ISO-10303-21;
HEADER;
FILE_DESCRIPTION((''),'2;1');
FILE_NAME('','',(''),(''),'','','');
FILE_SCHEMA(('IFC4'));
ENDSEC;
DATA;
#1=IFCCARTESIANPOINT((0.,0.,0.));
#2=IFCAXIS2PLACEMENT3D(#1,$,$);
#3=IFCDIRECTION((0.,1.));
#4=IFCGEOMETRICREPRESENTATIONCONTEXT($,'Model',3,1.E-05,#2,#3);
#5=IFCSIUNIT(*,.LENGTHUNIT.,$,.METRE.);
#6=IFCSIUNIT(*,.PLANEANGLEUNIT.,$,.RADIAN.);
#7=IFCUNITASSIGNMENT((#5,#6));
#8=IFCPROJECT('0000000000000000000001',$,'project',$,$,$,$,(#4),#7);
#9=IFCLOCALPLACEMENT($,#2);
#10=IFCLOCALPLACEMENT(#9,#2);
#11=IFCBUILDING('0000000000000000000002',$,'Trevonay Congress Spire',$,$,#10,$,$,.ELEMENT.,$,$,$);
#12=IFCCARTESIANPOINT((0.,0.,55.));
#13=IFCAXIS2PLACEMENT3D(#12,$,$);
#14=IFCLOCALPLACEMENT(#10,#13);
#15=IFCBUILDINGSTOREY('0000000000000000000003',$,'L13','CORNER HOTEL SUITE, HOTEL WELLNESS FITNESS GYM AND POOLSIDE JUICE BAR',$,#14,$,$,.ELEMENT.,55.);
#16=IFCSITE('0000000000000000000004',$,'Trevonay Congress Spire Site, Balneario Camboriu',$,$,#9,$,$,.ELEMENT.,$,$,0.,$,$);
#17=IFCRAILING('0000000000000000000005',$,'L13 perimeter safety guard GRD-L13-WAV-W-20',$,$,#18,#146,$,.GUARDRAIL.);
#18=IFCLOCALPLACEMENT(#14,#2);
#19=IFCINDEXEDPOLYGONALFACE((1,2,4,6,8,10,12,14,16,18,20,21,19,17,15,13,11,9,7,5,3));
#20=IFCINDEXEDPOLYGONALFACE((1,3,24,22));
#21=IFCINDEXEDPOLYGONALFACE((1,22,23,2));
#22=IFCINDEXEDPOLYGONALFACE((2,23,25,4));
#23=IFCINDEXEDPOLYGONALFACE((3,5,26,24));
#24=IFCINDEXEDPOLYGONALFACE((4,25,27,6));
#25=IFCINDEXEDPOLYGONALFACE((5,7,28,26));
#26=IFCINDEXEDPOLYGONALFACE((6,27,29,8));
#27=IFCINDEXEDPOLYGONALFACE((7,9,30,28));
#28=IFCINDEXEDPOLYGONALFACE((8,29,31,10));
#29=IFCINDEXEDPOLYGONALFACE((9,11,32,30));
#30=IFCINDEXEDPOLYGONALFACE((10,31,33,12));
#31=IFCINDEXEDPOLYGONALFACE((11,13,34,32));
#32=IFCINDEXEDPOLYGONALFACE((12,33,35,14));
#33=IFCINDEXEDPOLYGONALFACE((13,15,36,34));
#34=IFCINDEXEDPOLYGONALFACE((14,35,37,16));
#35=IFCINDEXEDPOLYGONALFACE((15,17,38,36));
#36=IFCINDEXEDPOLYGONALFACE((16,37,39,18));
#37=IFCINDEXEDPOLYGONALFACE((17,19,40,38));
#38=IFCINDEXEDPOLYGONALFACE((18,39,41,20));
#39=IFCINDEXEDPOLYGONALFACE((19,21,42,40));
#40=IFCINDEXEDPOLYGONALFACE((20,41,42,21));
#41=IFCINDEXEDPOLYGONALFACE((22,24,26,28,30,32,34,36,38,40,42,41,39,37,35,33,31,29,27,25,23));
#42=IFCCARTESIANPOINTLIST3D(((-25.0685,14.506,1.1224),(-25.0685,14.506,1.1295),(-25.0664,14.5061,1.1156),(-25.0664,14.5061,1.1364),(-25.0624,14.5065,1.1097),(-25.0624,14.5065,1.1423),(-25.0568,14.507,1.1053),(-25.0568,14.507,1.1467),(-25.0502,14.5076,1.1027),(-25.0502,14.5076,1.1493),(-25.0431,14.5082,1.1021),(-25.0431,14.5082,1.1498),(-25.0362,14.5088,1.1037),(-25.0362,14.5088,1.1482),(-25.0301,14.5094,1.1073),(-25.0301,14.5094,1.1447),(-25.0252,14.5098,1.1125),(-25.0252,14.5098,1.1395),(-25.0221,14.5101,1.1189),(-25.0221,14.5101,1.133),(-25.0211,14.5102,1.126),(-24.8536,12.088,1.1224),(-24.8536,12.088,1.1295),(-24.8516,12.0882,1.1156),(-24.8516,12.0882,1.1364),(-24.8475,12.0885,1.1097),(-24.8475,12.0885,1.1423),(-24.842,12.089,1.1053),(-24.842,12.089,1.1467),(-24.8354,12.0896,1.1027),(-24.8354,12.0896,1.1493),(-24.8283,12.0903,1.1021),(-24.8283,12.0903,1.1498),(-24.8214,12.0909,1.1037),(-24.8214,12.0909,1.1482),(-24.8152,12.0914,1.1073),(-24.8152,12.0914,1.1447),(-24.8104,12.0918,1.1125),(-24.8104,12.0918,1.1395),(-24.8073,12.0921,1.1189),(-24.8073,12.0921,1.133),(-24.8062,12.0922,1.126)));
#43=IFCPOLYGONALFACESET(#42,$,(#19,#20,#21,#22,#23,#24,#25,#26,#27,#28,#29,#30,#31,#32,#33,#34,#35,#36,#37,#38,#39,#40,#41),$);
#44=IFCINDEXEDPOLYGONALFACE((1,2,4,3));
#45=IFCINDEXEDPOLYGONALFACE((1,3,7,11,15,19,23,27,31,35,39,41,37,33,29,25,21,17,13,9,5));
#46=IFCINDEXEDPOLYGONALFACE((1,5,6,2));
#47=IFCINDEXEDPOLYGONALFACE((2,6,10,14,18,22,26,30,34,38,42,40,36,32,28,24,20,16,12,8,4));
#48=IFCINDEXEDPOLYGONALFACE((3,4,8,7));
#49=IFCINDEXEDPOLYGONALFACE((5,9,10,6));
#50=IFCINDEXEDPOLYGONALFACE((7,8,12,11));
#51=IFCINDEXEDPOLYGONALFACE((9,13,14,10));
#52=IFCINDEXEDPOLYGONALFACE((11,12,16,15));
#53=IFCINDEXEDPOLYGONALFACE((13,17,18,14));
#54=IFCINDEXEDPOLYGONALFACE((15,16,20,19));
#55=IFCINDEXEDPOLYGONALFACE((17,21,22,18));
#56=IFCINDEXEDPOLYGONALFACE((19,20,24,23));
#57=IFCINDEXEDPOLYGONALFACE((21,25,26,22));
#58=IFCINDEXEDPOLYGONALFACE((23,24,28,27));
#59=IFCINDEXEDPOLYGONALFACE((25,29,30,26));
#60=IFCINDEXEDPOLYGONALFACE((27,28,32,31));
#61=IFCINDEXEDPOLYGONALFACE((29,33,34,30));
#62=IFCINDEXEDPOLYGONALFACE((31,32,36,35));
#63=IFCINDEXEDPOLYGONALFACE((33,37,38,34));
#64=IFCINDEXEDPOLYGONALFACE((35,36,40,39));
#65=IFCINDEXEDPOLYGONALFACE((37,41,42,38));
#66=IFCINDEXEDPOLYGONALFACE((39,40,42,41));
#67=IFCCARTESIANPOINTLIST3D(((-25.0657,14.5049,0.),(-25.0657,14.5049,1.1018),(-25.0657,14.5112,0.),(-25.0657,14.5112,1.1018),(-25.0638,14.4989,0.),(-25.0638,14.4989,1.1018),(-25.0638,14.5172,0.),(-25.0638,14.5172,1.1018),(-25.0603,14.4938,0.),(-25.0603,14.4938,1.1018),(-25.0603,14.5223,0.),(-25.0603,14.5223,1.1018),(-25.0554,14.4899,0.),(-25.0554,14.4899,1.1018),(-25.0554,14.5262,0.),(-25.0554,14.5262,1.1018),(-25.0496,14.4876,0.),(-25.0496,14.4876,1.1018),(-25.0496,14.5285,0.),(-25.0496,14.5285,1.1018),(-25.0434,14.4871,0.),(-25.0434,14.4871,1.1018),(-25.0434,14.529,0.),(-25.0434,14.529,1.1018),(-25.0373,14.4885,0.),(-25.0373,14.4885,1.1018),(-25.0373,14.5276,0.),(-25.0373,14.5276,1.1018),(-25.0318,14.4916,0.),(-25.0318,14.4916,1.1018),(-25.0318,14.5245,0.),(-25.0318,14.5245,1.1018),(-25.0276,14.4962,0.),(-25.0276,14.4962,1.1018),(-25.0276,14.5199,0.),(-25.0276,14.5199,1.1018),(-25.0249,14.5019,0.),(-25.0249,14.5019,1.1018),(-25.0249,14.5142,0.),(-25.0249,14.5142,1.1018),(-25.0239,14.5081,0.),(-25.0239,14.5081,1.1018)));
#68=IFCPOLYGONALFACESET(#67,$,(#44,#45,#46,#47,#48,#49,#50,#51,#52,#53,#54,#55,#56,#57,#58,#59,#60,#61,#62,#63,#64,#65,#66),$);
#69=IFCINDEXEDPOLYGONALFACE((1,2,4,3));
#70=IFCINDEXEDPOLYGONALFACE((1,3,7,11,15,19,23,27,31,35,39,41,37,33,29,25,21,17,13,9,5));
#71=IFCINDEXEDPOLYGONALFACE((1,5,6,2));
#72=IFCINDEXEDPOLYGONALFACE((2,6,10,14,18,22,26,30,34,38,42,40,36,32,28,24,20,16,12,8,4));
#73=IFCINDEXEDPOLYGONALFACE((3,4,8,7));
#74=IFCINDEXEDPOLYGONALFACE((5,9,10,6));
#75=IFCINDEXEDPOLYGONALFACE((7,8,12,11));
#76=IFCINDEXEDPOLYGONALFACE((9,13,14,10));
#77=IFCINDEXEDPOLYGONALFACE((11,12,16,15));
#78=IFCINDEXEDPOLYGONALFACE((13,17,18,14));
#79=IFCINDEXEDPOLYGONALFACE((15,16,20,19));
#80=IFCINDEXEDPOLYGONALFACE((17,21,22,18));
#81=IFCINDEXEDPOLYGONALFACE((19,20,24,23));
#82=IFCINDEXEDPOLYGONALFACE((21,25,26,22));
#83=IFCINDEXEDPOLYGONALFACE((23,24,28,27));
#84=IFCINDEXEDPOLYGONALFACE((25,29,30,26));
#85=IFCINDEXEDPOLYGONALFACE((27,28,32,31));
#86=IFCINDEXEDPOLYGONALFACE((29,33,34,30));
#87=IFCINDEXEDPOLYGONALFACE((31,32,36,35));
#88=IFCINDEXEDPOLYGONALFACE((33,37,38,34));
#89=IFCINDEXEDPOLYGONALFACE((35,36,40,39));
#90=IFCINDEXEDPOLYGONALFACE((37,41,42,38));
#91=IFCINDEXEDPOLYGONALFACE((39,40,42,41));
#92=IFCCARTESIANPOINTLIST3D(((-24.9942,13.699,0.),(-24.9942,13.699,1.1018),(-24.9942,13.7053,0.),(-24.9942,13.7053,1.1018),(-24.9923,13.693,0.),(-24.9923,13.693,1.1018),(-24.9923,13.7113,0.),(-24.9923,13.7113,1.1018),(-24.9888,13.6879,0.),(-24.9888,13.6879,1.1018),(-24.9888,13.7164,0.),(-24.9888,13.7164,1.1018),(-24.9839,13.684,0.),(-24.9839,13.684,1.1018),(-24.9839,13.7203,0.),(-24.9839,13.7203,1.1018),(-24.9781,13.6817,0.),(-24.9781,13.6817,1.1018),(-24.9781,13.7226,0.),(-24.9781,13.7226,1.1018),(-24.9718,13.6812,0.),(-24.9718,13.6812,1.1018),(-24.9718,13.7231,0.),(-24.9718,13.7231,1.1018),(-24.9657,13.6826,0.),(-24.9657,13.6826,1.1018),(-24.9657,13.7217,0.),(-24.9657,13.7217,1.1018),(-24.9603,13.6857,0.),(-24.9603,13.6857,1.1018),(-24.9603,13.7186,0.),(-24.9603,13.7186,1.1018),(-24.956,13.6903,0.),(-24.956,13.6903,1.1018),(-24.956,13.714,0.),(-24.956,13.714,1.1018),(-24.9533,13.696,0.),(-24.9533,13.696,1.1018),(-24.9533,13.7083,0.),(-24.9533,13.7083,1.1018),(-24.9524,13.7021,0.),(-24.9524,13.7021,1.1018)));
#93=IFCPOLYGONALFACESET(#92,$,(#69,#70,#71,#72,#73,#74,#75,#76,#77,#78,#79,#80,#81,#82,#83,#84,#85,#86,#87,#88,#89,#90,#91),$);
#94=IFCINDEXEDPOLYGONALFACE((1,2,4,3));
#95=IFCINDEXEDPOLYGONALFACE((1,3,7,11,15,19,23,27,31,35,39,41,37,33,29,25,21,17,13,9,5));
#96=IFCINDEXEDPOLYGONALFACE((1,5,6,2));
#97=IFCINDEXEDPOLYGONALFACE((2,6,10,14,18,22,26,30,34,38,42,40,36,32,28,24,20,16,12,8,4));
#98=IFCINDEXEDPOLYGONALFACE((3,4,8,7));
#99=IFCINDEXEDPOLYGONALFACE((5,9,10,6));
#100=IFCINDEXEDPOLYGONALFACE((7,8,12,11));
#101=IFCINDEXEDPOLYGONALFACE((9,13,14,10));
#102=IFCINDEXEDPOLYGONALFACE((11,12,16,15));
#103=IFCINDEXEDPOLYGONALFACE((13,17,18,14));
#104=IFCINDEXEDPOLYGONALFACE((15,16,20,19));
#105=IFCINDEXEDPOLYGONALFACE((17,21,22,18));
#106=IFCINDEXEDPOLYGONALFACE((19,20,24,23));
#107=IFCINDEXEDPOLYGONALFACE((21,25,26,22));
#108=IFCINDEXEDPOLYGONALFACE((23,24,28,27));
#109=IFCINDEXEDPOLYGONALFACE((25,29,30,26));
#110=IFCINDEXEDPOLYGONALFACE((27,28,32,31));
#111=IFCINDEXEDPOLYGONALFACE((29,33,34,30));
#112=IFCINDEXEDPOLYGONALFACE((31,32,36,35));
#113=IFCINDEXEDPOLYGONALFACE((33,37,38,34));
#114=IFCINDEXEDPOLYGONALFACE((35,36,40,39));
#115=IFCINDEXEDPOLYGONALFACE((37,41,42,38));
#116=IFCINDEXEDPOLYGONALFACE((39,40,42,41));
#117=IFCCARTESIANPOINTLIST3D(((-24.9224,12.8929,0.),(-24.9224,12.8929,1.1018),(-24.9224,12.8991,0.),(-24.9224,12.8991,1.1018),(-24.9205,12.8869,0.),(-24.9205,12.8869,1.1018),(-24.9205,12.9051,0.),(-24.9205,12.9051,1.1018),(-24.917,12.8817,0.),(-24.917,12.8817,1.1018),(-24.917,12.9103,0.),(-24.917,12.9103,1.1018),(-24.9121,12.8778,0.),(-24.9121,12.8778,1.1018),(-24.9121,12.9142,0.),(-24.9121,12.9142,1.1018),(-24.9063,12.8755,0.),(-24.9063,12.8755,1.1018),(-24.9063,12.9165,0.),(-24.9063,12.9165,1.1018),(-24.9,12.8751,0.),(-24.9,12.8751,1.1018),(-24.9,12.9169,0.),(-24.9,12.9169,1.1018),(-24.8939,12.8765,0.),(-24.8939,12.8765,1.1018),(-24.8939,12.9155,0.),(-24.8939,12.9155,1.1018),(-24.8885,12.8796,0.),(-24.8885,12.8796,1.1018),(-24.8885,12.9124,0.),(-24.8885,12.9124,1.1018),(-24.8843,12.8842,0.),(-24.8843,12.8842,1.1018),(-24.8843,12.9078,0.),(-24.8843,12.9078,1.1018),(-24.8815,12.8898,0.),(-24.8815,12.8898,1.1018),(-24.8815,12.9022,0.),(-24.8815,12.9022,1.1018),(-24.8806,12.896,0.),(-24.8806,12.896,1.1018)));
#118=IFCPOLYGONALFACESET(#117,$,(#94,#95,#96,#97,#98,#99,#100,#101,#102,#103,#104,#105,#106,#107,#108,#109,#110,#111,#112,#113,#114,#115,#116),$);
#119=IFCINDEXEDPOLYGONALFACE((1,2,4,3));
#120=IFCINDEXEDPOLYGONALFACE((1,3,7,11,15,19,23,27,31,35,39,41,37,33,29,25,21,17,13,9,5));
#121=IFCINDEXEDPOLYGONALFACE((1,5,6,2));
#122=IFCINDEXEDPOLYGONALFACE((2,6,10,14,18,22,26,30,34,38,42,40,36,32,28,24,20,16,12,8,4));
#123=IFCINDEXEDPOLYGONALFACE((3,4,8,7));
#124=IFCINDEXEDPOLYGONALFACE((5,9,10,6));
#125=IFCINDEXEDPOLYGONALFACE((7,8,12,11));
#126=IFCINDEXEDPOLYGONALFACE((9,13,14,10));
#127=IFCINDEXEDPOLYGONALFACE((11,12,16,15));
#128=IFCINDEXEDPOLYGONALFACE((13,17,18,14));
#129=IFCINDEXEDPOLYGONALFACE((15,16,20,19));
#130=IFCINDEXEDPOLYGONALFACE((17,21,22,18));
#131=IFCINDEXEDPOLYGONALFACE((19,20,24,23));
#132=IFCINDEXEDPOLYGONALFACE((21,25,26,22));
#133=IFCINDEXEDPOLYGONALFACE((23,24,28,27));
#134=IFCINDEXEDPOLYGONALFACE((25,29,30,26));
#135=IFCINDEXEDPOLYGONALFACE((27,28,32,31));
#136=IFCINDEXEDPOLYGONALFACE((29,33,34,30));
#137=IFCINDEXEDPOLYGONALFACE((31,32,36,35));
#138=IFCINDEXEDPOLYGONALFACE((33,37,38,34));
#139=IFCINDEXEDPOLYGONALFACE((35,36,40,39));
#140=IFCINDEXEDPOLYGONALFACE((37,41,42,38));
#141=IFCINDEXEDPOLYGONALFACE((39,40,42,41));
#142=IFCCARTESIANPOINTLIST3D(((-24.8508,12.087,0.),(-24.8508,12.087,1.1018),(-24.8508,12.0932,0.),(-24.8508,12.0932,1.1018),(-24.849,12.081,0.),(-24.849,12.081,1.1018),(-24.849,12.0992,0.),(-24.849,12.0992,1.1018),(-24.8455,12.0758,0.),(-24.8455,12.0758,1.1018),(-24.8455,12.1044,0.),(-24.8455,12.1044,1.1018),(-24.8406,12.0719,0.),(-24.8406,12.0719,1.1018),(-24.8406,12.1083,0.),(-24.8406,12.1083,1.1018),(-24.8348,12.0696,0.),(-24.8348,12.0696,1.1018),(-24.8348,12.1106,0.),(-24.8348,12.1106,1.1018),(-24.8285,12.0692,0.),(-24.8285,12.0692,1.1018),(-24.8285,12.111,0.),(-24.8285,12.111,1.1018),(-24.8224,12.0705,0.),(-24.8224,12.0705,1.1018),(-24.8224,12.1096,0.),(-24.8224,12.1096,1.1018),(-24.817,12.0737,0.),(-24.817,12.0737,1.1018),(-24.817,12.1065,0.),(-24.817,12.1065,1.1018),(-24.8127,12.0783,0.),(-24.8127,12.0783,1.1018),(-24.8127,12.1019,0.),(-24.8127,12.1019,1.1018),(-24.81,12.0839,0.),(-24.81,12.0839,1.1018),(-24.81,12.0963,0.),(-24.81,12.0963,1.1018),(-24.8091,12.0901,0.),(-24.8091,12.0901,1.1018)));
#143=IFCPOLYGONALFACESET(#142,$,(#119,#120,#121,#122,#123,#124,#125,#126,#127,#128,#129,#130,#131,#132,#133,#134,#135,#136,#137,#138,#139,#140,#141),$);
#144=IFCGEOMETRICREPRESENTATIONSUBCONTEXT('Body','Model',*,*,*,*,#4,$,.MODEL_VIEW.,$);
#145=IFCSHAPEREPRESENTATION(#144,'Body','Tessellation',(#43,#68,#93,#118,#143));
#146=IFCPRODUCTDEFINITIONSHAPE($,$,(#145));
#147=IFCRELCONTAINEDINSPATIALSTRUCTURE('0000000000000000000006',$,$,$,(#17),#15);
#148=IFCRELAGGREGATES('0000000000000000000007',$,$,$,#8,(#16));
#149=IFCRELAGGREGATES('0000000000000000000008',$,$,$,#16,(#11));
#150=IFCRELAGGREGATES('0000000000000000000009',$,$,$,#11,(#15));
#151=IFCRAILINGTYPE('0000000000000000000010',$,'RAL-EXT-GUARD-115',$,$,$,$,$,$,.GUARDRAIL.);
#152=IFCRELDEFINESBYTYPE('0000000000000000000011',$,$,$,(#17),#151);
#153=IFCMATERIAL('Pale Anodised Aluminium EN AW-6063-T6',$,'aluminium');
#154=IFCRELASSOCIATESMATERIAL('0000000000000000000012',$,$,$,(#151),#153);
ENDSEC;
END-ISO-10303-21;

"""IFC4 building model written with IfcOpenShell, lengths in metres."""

from ifc_helpers import new_model, si_unit, direction, frame, origin, origin_2d, place, context, subcontext, project, spatial, circle, extrude, material, type_object, element, save


model = new_model("IFC4")

# Units and contexts
model_context = context("Model", 3, precision=1e-05, world=origin(), true_north=direction((0.0, 1.0)))
body_context = subcontext(model_context, "Body", "Model", "MODEL_VIEW")
ifc_project = project(units=[si_unit("LENGTHUNIT", "METRE"), si_unit("PLANEANGLEUNIT", "RADIAN")], contexts=[model_context])

# Site, building, storey
site_placement = place(None, origin())
site = spatial("IfcSite", under=ifc_project, at=site_placement, Name="Trevonay Congress Spire Site, Balneario Camboriu", CompositionType="ELEMENT", RefElevation=0.0)
building_placement = place(site_placement, origin())
building = spatial("IfcBuilding", under=site, at=building_placement, Name="Trevonay Congress Spire", CompositionType="ELEMENT")
storey_placement = place(building_placement, frame((0.0, 0.0, 55.0)))
storey = spatial("IfcBuildingStorey", under=building, at=storey_placement, Name="L13", Description="CORNER HOTEL SUITE, HOTEL WELLNESS FITNESS GYM AND POOLSIDE JUICE BAR", CompositionType="ELEMENT", Elevation=55.0)

# Shared definitions
ifc_material_1 = material(Name="Pale Anodised Aluminium EN AW-6063-T6", Category="aluminium")

# Railing
railing_type = type_object("IfcRailingType", Name="RAL-EXT-GUARD-115", PredefinedType="GUARDRAIL", material=ifc_material_1)
railing_1_placement = place(storey_placement, frame((-25.0449, 14.5081, 0.0)))
element("IfcRailing", 1, at=railing_1_placement, inside=storey, type_object=railing_type, Name="L13 perimeter safety guard GRD-L13-WAV-W-20", PredefinedType="GUARDRAIL", context=body_context, shape_type="SweptSolid", body=[
    extrude(circle(Radius=0.0239, at=origin_2d()), frame((0.0, 0.0, 1.126), z_axis=(0.088504, -0.996076, 0.0), x_axis=(0.996076, 0.088504, 0.0)), (0.0, 0.0, 1.0), 2.4275),
    extrude(circle(Radius=0.021, at=origin_2d()), origin(), (0.0, 0.0, 1.0), 1.1018),
    extrude(circle(Radius=0.021, at=origin_2d()), frame((0.0715, -0.8059, 0.0)), (0.0, 0.0, 1.0), 1.1018),
    extrude(circle(Radius=0.021, at=origin_2d()), frame((0.1433, -1.6121, 0.0)), (0.0, 0.0, 1.0), 1.1018),
    extrude(circle(Radius=0.021, at=origin_2d()), frame((0.2148, -2.418, 0.0)), (0.0, 0.0, 1.0), 1.1018),
])

save(model, "model.ifc")
